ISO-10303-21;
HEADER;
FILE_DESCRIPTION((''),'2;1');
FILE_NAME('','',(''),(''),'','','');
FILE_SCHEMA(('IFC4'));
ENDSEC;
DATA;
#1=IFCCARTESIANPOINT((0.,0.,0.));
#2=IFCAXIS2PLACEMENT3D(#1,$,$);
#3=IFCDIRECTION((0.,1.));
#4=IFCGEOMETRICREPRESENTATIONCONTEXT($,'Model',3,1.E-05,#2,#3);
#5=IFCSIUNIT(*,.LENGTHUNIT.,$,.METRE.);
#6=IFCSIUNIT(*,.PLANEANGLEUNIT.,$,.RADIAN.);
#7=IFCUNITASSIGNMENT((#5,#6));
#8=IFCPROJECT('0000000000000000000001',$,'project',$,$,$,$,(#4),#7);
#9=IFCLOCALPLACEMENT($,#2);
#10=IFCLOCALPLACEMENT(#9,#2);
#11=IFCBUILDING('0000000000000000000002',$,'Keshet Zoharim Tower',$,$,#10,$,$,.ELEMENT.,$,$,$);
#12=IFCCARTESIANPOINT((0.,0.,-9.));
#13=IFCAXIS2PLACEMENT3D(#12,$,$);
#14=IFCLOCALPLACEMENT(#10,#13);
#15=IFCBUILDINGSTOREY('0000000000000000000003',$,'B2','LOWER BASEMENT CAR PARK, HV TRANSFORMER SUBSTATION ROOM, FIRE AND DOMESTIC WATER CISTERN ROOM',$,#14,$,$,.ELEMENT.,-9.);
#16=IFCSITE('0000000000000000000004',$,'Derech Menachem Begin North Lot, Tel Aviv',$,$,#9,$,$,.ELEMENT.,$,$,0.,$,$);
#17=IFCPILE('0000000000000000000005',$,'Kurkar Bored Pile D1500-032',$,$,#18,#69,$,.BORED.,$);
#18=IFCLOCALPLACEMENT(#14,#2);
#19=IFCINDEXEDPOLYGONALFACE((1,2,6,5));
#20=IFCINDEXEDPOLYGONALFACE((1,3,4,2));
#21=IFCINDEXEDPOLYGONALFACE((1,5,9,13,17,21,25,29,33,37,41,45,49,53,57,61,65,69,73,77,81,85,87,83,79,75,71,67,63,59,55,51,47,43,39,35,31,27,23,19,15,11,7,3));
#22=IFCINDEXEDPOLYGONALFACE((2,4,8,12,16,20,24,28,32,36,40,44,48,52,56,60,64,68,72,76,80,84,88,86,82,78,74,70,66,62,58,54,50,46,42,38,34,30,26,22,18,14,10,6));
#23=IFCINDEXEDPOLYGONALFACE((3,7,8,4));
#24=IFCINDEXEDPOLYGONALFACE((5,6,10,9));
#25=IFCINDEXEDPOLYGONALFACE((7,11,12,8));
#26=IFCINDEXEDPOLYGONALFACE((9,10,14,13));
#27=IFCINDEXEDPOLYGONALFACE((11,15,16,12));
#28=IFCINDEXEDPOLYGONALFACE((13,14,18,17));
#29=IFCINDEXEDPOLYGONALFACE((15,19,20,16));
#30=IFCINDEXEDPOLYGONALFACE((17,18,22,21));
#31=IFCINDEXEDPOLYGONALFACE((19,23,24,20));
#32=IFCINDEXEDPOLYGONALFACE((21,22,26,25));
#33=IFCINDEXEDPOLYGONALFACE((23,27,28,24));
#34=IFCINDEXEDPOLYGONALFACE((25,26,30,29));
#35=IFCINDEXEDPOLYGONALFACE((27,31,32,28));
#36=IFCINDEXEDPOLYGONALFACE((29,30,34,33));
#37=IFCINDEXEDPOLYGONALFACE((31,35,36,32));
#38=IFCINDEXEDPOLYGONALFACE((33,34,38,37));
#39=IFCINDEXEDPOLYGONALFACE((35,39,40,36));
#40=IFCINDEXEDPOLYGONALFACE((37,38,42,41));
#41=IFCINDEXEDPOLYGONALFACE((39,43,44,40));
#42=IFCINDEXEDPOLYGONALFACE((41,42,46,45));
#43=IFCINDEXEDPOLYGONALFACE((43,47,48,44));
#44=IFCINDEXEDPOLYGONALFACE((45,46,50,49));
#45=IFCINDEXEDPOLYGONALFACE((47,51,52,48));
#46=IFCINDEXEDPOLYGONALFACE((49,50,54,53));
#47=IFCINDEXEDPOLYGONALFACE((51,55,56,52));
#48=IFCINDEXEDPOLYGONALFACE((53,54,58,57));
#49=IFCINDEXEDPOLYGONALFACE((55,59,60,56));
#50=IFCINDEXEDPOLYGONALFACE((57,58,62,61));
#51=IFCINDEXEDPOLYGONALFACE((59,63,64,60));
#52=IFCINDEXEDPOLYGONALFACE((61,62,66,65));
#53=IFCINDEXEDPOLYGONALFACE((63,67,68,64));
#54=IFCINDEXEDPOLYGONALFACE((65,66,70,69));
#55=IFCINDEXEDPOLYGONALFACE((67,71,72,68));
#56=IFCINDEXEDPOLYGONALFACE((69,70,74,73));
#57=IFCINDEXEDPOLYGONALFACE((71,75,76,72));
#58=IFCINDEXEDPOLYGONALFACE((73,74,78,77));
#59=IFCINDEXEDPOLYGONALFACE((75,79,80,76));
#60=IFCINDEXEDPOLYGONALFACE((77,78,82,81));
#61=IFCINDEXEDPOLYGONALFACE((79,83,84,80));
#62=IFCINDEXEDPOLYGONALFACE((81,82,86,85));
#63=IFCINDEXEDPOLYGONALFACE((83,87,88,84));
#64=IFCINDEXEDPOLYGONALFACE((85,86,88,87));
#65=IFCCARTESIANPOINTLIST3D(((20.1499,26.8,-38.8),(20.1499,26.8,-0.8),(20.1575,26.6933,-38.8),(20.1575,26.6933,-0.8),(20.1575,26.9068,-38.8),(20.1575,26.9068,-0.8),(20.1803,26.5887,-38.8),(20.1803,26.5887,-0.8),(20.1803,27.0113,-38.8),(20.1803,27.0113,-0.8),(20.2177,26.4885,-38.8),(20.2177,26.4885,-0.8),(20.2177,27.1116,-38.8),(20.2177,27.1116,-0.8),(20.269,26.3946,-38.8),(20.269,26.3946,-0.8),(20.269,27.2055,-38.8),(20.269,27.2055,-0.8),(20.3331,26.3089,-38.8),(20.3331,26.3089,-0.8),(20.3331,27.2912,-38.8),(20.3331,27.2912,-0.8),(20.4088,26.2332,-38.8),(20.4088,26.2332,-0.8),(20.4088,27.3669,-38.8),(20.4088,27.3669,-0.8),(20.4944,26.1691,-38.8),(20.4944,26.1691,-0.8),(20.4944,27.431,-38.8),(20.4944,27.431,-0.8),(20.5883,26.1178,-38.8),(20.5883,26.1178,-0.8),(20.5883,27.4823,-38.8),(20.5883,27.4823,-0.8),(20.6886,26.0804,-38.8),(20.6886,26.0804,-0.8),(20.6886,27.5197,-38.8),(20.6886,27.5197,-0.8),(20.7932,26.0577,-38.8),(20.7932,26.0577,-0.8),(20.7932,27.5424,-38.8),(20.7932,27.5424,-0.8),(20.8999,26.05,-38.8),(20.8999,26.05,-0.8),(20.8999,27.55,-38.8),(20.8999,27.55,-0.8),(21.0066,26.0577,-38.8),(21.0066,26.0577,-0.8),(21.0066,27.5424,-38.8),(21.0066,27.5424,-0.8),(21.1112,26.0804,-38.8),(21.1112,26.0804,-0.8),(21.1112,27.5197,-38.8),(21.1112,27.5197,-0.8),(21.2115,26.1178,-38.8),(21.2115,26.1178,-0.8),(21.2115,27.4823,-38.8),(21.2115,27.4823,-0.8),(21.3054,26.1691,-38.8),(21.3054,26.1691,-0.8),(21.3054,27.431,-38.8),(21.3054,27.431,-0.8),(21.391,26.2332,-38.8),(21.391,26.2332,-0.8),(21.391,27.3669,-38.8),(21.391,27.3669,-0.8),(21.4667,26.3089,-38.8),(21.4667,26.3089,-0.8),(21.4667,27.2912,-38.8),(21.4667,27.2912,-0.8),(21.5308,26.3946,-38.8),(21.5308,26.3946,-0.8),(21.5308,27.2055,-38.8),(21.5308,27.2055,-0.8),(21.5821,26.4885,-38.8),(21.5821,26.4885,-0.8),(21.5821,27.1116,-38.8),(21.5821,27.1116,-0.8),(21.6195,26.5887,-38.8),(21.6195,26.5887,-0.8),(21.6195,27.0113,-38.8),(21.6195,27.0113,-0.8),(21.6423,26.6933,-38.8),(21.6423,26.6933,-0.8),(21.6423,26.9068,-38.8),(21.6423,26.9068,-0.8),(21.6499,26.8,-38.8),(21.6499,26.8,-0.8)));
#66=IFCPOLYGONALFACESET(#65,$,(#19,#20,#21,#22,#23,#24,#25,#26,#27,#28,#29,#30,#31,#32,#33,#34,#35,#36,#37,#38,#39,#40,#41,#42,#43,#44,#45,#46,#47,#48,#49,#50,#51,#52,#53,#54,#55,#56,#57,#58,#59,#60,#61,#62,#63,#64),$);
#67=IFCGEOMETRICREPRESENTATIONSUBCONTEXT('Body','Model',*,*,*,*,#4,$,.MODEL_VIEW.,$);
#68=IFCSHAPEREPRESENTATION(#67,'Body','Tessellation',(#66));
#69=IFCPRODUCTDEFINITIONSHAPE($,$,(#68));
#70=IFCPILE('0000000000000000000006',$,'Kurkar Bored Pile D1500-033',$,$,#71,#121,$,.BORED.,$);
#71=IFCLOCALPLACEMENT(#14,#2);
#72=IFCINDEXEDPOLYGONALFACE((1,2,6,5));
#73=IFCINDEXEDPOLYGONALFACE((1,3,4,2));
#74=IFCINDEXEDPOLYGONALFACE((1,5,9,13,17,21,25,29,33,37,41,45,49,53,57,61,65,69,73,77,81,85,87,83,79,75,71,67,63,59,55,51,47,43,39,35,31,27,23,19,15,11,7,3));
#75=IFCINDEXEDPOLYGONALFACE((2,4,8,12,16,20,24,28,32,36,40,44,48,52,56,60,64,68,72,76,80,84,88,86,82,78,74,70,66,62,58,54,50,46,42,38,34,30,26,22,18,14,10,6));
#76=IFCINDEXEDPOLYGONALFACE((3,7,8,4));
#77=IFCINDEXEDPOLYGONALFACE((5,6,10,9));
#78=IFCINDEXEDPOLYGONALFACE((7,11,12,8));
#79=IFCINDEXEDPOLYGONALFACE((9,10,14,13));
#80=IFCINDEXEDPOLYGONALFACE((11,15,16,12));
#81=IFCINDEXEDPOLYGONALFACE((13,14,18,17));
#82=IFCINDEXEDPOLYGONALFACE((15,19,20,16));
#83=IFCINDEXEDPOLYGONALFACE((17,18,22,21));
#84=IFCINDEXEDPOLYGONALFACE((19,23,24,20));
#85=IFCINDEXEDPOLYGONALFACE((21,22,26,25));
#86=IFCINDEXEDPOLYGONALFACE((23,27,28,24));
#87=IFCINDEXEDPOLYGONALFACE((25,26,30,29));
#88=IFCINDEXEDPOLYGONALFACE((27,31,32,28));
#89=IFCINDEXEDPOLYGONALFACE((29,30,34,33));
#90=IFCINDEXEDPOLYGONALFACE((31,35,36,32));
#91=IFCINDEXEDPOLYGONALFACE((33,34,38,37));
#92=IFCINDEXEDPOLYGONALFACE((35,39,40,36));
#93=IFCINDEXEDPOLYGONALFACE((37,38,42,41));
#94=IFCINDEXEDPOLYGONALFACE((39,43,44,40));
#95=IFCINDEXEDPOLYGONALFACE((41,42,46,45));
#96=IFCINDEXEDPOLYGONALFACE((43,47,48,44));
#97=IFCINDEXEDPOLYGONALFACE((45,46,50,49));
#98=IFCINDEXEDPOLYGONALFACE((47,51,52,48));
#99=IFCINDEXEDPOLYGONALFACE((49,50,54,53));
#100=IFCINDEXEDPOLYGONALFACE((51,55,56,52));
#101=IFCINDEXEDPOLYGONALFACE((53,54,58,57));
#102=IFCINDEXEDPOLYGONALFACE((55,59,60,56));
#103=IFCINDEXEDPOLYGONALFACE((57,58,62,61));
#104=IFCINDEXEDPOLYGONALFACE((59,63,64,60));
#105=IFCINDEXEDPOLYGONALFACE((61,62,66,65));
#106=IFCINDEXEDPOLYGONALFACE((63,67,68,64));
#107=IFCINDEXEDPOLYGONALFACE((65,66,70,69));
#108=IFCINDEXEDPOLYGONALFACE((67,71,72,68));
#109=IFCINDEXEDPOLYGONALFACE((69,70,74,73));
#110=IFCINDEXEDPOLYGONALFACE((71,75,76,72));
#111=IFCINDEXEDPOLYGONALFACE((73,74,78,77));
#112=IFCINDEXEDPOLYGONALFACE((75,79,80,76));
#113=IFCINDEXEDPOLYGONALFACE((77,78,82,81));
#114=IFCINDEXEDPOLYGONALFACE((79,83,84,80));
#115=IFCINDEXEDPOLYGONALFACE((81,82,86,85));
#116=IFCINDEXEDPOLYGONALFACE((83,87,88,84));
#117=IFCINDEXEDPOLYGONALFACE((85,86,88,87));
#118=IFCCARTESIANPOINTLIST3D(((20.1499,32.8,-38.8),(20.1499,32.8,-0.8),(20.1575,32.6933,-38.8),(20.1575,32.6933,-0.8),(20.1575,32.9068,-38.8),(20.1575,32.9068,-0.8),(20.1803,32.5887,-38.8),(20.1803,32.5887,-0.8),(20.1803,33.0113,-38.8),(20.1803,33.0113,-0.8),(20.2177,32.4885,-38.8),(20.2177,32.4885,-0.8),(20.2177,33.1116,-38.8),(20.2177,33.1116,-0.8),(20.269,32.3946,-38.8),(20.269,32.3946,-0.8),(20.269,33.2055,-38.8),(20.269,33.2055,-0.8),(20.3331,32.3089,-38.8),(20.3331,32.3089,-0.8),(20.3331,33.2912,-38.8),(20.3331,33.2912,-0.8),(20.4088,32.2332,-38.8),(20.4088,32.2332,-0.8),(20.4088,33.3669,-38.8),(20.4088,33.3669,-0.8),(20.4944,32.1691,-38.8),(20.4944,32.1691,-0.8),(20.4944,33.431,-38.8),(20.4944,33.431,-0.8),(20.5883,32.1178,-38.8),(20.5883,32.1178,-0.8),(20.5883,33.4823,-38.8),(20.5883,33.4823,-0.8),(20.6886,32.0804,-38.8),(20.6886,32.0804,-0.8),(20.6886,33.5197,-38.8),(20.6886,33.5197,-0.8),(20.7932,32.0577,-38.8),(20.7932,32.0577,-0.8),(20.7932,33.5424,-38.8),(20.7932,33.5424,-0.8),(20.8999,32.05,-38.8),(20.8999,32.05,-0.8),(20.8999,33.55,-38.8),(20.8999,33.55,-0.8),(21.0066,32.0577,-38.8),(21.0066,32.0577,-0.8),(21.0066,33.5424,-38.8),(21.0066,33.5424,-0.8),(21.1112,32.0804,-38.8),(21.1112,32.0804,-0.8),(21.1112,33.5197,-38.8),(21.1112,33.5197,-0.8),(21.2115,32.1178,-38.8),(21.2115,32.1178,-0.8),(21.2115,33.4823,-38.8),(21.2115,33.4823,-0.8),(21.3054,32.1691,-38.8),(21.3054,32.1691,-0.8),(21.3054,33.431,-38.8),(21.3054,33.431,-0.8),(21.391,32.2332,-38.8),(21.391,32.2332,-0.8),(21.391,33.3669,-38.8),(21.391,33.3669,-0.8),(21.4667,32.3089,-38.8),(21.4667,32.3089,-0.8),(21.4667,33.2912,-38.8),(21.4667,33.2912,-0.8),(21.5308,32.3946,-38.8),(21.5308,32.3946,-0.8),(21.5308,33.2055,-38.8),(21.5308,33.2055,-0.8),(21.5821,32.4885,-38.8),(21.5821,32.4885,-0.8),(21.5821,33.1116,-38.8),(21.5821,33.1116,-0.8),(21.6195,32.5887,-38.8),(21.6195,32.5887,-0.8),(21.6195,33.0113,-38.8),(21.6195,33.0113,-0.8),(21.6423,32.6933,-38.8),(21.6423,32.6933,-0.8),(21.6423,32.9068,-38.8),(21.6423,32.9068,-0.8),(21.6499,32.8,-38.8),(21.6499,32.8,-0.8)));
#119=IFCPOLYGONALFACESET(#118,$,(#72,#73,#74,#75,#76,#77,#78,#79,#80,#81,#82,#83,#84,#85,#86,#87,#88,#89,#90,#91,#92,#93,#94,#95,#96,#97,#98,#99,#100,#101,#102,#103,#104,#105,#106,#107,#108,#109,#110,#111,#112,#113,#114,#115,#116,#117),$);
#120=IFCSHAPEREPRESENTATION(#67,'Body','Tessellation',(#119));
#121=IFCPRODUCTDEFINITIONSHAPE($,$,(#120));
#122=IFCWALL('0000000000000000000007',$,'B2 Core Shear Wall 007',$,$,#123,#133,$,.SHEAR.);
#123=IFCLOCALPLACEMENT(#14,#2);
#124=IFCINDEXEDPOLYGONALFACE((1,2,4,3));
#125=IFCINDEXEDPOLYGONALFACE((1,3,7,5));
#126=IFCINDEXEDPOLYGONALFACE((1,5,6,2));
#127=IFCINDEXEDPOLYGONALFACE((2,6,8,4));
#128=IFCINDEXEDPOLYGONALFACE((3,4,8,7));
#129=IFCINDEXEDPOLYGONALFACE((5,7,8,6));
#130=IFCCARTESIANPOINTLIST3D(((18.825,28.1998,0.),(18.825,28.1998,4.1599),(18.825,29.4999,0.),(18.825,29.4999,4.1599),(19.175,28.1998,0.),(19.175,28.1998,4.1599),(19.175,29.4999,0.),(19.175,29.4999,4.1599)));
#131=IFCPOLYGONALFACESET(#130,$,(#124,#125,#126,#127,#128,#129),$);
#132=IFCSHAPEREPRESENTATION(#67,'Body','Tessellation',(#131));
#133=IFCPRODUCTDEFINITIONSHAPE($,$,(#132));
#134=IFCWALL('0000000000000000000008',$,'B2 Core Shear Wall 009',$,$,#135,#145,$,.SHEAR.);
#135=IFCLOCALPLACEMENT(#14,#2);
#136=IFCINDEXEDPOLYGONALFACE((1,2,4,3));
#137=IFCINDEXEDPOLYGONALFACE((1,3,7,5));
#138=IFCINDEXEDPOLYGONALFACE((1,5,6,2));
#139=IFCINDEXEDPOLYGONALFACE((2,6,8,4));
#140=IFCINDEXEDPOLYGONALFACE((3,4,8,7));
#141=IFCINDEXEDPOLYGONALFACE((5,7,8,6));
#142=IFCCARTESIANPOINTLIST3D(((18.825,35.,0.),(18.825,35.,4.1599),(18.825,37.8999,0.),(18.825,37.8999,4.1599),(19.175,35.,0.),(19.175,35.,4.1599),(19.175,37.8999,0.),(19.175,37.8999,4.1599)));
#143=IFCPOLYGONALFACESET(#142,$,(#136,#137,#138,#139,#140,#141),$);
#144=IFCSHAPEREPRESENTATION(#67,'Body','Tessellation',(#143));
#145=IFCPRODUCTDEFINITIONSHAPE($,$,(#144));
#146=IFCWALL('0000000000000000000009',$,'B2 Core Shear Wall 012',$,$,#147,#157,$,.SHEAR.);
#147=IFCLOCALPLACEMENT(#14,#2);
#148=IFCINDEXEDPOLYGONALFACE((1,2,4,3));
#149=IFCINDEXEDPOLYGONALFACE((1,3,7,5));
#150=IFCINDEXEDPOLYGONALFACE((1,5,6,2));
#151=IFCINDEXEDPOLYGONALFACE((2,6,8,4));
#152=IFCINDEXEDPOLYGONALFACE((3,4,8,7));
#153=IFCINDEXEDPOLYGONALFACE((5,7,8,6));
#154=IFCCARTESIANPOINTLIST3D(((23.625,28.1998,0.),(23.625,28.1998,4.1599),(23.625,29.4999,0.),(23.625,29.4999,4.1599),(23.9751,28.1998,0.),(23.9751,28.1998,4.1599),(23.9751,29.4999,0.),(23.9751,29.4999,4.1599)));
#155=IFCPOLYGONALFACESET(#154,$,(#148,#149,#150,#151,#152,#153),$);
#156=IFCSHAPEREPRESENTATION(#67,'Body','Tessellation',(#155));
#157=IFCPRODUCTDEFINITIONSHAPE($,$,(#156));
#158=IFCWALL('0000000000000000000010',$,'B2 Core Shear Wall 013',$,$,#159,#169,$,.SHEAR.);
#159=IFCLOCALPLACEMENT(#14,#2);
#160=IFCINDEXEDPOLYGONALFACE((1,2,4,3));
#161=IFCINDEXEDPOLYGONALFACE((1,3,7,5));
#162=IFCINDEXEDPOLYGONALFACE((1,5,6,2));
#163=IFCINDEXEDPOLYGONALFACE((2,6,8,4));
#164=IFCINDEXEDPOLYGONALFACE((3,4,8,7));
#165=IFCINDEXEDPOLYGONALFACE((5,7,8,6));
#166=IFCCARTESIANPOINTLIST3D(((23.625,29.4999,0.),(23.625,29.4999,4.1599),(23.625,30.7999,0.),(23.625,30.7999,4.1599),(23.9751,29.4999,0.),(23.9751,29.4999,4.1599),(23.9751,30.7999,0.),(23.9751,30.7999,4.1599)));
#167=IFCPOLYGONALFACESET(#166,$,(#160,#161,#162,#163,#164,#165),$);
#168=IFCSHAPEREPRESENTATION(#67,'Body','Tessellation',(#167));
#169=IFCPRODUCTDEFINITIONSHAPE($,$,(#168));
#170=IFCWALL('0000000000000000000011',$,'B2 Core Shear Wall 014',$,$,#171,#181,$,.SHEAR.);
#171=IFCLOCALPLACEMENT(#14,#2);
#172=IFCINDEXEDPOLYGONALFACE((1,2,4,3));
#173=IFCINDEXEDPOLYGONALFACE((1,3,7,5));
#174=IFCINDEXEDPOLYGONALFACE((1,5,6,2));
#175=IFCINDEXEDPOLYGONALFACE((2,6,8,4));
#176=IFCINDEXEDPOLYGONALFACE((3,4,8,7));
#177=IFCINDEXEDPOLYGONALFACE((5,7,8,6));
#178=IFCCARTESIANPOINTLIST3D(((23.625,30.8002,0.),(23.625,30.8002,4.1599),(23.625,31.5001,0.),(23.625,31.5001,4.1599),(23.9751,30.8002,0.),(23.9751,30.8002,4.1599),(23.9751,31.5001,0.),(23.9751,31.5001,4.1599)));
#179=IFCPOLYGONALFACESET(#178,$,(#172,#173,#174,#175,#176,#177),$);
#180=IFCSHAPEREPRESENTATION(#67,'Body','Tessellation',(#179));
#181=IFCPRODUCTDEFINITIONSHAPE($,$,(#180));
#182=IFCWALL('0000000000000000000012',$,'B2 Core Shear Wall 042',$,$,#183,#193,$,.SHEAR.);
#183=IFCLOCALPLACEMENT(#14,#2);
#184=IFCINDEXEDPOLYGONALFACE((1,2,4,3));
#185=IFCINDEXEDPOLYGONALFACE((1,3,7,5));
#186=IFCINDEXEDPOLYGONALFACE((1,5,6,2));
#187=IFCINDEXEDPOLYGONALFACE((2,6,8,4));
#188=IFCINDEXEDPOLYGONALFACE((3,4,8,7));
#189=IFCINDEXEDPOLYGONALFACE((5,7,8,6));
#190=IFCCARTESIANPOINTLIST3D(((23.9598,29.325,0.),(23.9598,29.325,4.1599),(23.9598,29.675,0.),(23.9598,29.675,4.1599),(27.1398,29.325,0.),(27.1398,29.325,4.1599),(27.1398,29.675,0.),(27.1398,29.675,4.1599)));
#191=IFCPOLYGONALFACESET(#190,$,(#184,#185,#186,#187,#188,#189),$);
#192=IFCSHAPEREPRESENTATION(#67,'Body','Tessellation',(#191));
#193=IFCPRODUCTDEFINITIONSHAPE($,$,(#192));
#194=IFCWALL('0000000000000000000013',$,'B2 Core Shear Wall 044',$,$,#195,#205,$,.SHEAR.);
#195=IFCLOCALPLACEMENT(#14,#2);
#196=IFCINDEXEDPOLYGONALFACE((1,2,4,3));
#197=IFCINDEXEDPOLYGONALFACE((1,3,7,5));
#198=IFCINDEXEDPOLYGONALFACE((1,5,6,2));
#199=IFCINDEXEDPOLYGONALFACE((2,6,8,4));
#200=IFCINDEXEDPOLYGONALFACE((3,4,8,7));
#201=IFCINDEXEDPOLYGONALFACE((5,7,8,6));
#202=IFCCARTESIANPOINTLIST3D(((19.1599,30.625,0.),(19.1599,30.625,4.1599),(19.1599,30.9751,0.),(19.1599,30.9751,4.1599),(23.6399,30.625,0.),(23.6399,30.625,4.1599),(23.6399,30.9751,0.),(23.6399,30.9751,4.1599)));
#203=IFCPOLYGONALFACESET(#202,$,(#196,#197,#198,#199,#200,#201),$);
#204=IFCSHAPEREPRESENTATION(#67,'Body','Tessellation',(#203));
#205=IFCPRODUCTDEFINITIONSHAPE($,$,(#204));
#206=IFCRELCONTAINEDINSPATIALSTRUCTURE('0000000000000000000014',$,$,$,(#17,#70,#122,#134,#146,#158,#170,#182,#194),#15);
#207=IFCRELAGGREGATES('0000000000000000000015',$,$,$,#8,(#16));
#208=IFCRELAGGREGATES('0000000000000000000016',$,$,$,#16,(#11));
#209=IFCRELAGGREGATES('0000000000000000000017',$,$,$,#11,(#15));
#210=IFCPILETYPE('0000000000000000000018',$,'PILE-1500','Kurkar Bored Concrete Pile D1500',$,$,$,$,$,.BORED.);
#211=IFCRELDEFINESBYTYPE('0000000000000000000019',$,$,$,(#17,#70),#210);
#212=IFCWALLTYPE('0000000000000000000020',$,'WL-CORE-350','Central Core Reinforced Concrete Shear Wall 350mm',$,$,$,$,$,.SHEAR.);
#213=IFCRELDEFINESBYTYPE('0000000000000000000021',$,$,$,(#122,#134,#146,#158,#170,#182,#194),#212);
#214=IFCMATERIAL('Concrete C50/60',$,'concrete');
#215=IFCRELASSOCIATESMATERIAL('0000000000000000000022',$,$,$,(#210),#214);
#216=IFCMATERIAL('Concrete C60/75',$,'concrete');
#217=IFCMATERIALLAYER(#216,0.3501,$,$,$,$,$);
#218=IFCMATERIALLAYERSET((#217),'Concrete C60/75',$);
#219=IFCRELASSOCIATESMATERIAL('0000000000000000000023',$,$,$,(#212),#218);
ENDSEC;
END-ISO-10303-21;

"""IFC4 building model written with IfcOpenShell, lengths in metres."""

from ifc_helpers import new_model, si_unit, direction, frame, frame_2d, origin, origin_2d, place, context, subcontext, project, spatial, rectangle, circle, extrude, material, layer, layer_set, material_profile, profile_set, type_object, element, save


model = new_model("IFC4")

# Units and contexts
model_context = context("Model", 3, precision=1e-05, world=origin(), true_north=direction((0.0, 1.0)))
body_context = subcontext(model_context, "Body", "Model", "MODEL_VIEW")
ifc_project = project(units=[si_unit("LENGTHUNIT", "METRE"), si_unit("PLANEANGLEUNIT", "RADIAN")], contexts=[model_context])

# Site, building, storey
site_placement = place(None, origin())
site = spatial("IfcSite", under=ifc_project, at=site_placement, Name="Derech Menachem Begin North Lot, Tel Aviv", CompositionType="ELEMENT", RefElevation=0.0)
building_placement = place(site_placement, origin())
building = spatial("IfcBuilding", under=site, at=building_placement, Name="Keshet Zoharim Tower", CompositionType="ELEMENT")
storey_placement = place(building_placement, frame((0.0, 0.0, -9.0)))
storey = spatial("IfcBuildingStorey", under=building, at=storey_placement, Name="B2", Description="LOWER BASEMENT CAR PARK, HV TRANSFORMER SUBSTATION ROOM, FIRE AND DOMESTIC WATER CISTERN ROOM", CompositionType="ELEMENT", Elevation=-9.0)

# Piles
ifc_material_1 = material(Name="Concrete C50/60", Category="concrete")
ifc_material_profile = material_profile(ifc_material_1, circle(Radius=0.75, at=origin_2d()), Name="PILE-D1500")
ifc_profile_set = profile_set([ifc_material_profile], Name="Concrete C50/60")
pile_type = type_object("IfcPileType", Name="PILE-1500", Description="Kurkar Bored Concrete Pile D1500", PredefinedType="BORED", material=ifc_profile_set)
for number, where, z_axis, x_axis, name in (
    (1, (20.8999, 26.8, -0.8), (0.0, 0.0, -1.0), (1.0, 0.0, 0.0), "Kurkar Bored Pile D1500-032"),
    (2, (20.8999, 32.8, -0.8), (0.0, 0.0, -1.0), (1.0, 0.0, 0.0), "Kurkar Bored Pile D1500-033"),
):
    element("IfcPile", number, at=place(storey_placement, frame(where, z_axis=z_axis, x_axis=x_axis)), inside=storey, type_object=pile_type, Name=name, PredefinedType="BORED", context=body_context, shape_type="SweptSolid", body=[
        extrude(circle(Radius=0.75, at=origin_2d()), origin(), (0.0, 0.0, 1.0), 38.0),
    ])

# Wall
ifc_material_2 = material(Name="Concrete C60/75", Category="concrete")
ifc_layer_1 = layer(ifc_material_2, 0.3501)
ifc_layer_set_1 = layer_set([ifc_layer_1], Name="Concrete C60/75")
wall_type = type_object("IfcWallType", Name="WL-CORE-350", Description="Central Core Reinforced Concrete Shear Wall 350mm", PredefinedType="SHEAR", material=ifc_layer_set_1)
wall_1_placement = place(storey_placement, frame((19.0, 28.2, 0.0), z_axis=(0.0, 0.0, 1.0), x_axis=(0.0, 1.0, 0.0)))
element("IfcWall", 3, at=wall_1_placement, inside=storey, type_object=wall_type, Name="B2 Core Shear Wall 007", PredefinedType="SHEAR", context=body_context, shape_type="SweptSolid", body=[
    extrude(rectangle(XDim=1.3, YDim=0.3501, at=frame_2d((0.6499, 0.0))), origin(), (0.0, 0.0, 1.0), 4.1599),
])

# Walls
wall_2_placement = place(storey_placement, frame((19.0, 35.0, 0.0), z_axis=(0.0, 0.0, 1.0), x_axis=(0.0, 1.0, 0.0)))
element("IfcWall", 4, at=wall_2_placement, inside=storey, type_object=wall_type, Name="B2 Core Shear Wall 009", PredefinedType="SHEAR", context=body_context, shape_type="SweptSolid", body=[
    extrude(rectangle(XDim=2.8999, YDim=0.3501, at=frame_2d((1.45, 0.0))), origin(), (0.0, 0.0, 1.0), 4.1599),
])
for number, where, z_axis, x_axis, name in (
    (5, (23.8, 28.2, 0.0), (0.0, 0.0, 1.0), (0.0, 1.0, 0.0), "B2 Core Shear Wall 012"),
    (6, (23.8, 29.5, 0.0), (0.0, 0.0, 1.0), (0.0, 1.0, 0.0), "B2 Core Shear Wall 013"),
):
    element("IfcWall", number, at=place(storey_placement, frame(where, z_axis=z_axis, x_axis=x_axis)), inside=storey, type_object=wall_type, Name=name, PredefinedType="SHEAR", context=body_context, shape_type="SweptSolid", body=[
        extrude(rectangle(XDim=1.3, YDim=0.3501, at=frame_2d((0.6499, 0.0))), origin(), (0.0, 0.0, 1.0), 4.1599),
    ])
wall_3_placement = place(storey_placement, frame((23.8, 30.8, 0.0), z_axis=(0.0, 0.0, 1.0), x_axis=(0.0, 1.0, 0.0)))
element("IfcWall", 7, at=wall_3_placement, inside=storey, type_object=wall_type, Name="B2 Core Shear Wall 014", PredefinedType="SHEAR", context=body_context, shape_type="SweptSolid", body=[
    extrude(rectangle(XDim=0.7, YDim=0.3501, at=frame_2d((0.3501, 0.0))), origin(), (0.0, 0.0, 1.0), 4.1599),
])

# Walls
wall_4_placement = place(storey_placement, frame((23.96, 29.5, 0.0), z_axis=(0.0, 0.0, 1.0), x_axis=(1.0, 0.0, 0.0)))
element("IfcWall", 8, at=wall_4_placement, inside=storey, type_object=wall_type, Name="B2 Core Shear Wall 042", PredefinedType="SHEAR", context=body_context, shape_type="SweptSolid", body=[
    extrude(rectangle(XDim=3.1799, YDim=0.3501, at=frame_2d((1.5898, 0.0))), origin(), (0.0, 0.0, 1.0), 4.1599),
])
wall_5_placement = place(storey_placement, frame((19.1599, 30.8, 0.0), z_axis=(0.0, 0.0, 1.0), x_axis=(1.0, 0.0, 0.0)))
element("IfcWall", 9, at=wall_5_placement, inside=storey, type_object=wall_type, Name="B2 Core Shear Wall 044", PredefinedType="SHEAR", context=body_context, shape_type="SweptSolid", body=[
    extrude(rectangle(XDim=4.48, YDim=0.3501, at=frame_2d((2.24, 0.0))), origin(), (0.0, 0.0, 1.0), 4.1599),
])

save(model, "model.ifc")
